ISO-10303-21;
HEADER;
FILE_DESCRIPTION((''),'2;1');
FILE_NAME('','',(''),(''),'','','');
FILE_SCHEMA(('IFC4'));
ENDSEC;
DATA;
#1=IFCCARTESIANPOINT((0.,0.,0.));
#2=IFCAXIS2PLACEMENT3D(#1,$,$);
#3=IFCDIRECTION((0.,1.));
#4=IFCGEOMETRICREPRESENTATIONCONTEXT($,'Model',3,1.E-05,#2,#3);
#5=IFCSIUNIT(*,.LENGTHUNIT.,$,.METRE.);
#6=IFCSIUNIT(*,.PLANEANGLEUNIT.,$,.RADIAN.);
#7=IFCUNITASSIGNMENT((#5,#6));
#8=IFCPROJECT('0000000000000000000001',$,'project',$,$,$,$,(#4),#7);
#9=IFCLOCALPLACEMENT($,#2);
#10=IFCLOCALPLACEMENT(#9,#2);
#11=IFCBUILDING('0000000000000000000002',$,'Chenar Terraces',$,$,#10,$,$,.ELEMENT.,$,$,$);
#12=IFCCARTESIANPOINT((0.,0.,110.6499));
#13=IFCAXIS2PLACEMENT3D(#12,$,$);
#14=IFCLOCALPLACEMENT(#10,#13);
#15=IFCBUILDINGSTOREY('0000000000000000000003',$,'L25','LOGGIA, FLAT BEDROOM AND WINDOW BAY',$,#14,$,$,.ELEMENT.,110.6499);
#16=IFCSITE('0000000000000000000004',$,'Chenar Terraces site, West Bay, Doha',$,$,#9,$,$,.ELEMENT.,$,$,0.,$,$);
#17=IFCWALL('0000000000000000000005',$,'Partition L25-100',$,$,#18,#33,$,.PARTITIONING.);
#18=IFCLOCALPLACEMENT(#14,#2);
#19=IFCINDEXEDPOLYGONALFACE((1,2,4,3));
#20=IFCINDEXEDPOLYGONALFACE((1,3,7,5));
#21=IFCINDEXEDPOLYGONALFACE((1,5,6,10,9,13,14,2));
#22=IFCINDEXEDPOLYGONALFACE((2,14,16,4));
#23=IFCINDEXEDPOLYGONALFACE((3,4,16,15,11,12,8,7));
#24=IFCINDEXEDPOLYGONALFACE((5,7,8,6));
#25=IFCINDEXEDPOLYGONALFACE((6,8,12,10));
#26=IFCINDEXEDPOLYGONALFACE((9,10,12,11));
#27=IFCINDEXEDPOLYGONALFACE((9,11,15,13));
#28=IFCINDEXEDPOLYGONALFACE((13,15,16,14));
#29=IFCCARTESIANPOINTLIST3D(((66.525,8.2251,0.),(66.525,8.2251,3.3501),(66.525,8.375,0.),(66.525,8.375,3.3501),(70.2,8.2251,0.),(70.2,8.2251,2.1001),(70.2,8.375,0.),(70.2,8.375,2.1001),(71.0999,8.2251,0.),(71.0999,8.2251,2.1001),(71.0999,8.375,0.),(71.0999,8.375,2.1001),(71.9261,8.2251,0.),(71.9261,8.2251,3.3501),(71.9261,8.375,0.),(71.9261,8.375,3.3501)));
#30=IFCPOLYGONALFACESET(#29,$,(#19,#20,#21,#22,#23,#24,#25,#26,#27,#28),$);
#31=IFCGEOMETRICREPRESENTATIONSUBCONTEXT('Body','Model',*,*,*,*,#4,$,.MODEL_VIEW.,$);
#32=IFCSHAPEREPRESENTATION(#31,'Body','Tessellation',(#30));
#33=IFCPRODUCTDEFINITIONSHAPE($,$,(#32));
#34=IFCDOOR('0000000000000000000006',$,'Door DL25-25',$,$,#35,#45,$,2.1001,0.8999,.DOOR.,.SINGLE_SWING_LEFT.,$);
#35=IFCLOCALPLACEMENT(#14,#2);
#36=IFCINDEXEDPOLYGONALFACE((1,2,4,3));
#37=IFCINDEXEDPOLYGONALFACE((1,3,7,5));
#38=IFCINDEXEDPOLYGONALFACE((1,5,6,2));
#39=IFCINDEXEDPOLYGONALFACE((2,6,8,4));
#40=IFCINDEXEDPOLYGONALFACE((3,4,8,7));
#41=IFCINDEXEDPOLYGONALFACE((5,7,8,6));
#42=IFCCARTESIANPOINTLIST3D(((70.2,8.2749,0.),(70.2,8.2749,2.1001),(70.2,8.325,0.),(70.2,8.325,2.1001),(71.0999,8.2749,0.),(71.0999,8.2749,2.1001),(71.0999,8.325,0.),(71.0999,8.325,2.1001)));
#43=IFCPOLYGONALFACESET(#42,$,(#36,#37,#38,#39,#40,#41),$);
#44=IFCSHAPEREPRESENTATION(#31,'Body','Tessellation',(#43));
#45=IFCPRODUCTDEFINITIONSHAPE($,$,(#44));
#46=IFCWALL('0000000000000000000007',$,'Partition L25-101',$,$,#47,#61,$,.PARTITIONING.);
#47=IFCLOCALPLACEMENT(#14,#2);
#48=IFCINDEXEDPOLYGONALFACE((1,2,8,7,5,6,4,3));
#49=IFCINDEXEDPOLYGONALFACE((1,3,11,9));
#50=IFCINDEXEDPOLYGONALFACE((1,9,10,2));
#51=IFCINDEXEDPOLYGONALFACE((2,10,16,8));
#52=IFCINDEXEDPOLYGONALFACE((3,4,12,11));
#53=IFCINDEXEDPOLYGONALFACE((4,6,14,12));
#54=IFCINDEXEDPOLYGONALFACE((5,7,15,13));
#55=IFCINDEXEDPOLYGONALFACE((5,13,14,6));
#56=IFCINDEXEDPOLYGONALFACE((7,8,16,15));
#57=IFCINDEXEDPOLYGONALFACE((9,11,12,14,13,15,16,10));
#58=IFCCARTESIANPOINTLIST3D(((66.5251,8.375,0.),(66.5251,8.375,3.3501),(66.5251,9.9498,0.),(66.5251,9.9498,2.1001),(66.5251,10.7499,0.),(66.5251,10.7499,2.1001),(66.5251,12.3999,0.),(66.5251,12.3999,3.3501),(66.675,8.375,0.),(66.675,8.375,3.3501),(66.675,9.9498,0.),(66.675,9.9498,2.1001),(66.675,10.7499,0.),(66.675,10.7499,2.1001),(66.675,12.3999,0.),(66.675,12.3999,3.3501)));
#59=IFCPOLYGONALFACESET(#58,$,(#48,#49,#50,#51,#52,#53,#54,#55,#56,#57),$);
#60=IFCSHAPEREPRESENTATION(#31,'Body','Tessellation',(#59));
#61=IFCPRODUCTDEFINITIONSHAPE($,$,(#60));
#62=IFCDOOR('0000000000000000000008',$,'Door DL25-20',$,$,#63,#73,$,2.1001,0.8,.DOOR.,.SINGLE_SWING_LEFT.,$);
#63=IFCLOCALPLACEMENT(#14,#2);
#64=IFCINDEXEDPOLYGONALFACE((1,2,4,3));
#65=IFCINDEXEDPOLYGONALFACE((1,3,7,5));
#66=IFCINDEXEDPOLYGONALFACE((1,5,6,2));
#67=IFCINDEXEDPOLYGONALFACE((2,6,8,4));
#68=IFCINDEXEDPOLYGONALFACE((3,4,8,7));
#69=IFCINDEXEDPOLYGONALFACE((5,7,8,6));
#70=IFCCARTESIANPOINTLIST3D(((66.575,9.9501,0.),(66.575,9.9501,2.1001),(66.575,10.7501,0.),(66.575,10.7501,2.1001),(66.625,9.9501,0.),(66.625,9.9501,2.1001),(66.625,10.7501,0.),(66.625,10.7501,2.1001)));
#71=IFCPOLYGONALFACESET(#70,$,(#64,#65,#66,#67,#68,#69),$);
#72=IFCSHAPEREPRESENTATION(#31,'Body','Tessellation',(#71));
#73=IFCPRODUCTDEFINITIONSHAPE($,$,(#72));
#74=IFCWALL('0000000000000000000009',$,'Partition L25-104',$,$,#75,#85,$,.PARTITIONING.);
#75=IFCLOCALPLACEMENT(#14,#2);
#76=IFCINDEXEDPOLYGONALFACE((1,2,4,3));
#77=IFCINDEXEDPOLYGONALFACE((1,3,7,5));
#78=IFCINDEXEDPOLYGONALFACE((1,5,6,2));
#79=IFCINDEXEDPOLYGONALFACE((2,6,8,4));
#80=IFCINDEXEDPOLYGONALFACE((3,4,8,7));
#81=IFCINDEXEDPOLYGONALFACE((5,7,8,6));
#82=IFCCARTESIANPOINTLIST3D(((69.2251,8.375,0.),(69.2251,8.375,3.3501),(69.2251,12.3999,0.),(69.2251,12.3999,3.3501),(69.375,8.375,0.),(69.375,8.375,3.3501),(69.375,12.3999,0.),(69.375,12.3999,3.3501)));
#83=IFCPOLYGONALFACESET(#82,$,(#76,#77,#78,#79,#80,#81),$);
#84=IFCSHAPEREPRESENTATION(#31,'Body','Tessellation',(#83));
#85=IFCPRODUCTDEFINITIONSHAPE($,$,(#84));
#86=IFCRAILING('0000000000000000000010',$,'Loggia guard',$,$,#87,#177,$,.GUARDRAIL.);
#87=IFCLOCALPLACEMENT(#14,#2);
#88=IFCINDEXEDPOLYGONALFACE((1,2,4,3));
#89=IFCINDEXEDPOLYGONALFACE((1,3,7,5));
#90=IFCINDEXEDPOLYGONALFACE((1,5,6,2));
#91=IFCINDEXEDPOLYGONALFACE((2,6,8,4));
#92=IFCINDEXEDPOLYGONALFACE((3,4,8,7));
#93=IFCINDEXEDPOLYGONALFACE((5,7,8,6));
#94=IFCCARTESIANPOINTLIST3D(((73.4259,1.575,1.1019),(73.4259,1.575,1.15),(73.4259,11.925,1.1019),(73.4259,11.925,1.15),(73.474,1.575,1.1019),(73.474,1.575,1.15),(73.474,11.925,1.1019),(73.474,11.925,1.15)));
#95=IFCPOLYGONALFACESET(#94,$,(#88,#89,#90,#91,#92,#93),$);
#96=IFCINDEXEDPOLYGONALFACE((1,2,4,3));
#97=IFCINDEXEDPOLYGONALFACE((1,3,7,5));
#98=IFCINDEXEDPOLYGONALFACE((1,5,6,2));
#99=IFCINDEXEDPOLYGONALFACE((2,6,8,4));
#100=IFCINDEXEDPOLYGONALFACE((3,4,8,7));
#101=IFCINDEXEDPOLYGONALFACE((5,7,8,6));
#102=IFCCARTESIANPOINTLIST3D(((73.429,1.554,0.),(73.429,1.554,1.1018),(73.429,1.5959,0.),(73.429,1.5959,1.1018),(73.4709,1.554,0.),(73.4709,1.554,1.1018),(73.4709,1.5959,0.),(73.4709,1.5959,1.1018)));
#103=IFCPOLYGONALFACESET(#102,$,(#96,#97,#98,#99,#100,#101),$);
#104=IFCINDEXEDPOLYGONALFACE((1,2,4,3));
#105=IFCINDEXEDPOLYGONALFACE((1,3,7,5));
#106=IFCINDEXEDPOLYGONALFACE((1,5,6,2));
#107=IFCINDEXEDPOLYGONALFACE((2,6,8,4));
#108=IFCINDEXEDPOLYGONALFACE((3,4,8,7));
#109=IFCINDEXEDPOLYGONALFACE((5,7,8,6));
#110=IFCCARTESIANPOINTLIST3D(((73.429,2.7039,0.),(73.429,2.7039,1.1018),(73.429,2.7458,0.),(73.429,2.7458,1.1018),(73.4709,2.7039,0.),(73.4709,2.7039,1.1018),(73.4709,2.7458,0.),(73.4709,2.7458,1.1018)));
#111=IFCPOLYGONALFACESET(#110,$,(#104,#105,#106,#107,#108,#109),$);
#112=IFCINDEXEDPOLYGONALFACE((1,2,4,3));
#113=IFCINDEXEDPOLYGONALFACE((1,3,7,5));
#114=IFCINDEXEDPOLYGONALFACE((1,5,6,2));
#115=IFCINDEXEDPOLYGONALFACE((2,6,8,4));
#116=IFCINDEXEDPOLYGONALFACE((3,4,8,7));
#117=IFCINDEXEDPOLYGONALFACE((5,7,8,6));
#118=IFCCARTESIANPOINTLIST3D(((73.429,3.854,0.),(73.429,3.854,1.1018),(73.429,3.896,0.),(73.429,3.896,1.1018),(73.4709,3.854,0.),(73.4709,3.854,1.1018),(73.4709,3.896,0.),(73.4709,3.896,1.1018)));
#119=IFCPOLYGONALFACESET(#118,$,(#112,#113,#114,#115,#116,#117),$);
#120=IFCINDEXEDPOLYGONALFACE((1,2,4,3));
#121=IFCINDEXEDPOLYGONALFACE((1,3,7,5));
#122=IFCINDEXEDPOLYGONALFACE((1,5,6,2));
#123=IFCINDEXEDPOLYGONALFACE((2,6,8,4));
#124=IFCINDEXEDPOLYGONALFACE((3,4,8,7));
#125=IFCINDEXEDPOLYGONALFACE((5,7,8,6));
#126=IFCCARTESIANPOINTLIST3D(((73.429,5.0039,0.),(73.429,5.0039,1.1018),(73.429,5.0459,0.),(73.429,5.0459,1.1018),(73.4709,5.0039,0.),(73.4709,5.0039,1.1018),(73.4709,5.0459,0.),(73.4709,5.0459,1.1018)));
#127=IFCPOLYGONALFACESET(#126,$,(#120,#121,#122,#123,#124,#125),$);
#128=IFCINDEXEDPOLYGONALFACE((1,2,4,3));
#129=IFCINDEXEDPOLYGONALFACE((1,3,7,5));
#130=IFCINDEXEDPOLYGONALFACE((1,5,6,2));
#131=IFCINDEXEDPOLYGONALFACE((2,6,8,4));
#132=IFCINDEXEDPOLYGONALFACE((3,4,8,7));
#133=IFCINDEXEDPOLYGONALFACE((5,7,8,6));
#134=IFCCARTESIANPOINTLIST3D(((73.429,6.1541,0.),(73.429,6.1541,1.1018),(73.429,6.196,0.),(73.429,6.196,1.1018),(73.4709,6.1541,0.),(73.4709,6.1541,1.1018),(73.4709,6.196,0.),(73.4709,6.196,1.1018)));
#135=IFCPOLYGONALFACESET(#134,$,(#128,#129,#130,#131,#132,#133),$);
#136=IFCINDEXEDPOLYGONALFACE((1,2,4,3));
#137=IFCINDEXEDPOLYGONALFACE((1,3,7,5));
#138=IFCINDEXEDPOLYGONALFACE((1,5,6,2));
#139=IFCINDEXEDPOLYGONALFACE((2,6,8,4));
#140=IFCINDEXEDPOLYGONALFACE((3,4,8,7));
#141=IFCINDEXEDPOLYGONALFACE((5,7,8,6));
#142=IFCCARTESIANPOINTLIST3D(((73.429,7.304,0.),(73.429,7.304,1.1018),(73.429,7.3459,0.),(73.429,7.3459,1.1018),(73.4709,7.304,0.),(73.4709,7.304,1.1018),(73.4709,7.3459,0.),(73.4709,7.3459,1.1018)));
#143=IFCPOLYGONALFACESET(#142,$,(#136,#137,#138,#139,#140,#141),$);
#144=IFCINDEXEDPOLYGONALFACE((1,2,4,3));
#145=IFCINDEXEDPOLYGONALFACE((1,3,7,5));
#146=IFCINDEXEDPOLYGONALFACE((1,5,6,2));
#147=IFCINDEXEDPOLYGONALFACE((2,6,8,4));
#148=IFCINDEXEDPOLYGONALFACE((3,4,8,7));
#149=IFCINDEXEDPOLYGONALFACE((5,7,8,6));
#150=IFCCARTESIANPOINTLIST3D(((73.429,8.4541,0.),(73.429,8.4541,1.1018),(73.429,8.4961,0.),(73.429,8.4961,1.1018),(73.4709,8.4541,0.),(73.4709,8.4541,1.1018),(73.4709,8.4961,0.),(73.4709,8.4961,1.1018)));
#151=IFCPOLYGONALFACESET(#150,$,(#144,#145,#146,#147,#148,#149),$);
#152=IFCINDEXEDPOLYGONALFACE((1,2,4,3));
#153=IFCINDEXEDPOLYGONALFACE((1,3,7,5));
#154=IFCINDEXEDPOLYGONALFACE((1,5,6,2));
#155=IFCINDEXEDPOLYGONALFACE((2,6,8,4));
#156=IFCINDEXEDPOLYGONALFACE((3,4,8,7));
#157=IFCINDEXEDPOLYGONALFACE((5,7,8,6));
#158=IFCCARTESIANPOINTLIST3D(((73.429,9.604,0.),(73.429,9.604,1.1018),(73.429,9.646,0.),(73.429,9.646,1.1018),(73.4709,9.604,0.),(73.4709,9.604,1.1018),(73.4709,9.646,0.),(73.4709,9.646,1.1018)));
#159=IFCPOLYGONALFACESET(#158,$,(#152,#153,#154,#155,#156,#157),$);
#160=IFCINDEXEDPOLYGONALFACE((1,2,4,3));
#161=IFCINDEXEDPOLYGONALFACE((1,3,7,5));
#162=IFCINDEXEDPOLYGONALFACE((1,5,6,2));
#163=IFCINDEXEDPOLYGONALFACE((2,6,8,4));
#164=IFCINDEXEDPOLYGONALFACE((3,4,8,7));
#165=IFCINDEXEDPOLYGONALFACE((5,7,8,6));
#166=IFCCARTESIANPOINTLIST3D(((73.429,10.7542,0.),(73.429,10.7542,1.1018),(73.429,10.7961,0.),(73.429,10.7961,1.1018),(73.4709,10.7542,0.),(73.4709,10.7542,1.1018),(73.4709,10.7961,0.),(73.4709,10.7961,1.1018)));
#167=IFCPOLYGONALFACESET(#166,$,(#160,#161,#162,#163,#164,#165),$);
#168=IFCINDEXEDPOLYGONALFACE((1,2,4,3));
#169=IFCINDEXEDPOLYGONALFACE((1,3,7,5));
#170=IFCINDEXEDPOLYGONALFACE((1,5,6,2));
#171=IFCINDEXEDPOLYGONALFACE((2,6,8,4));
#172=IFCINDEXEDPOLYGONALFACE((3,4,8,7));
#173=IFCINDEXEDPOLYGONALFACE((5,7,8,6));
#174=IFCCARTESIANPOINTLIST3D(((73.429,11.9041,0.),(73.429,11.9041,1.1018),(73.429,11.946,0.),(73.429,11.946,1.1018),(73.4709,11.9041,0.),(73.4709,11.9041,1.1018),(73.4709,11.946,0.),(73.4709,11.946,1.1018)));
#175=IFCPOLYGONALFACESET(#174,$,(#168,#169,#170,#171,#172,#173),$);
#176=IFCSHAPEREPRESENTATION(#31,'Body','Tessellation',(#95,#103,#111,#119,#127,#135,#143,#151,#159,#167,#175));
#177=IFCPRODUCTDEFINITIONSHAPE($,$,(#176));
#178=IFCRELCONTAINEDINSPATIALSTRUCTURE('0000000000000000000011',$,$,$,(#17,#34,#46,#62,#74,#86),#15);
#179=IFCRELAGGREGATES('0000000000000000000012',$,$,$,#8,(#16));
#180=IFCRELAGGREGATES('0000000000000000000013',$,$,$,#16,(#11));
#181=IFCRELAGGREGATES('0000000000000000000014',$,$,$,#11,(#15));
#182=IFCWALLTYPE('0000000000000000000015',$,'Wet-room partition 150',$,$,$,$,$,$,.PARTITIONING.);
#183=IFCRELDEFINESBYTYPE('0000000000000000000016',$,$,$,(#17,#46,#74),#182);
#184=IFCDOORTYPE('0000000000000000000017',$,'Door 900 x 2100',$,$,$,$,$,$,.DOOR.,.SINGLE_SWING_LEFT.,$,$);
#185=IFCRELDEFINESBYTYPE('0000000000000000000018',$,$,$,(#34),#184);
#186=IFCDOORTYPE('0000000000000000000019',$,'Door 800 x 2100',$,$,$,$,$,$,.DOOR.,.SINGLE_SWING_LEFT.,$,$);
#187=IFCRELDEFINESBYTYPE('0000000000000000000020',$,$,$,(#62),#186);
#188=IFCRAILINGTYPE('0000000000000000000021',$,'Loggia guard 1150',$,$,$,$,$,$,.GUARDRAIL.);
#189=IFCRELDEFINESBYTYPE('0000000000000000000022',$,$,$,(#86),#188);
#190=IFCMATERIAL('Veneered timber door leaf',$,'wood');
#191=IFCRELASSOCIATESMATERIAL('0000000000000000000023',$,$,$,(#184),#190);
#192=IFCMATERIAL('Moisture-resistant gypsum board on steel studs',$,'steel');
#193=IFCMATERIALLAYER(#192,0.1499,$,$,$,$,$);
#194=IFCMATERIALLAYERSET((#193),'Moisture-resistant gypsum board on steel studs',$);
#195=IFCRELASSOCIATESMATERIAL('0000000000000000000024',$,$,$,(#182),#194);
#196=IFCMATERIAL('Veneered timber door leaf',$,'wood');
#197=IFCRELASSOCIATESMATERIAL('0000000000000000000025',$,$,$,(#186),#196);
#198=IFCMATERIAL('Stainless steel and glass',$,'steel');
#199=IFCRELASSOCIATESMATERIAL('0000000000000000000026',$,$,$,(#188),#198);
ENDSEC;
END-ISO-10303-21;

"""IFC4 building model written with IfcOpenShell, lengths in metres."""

from ifc_helpers import new_model, si_unit, direction, frame, frame_2d, origin, origin_2d, place, context, subcontext, project, spatial, rectangle, extrude, material, layer, layer_set, type_object, element, fill, save


model = new_model("IFC4")

# Units and contexts
model_context = context("Model", 3, precision=1e-05, world=origin(), true_north=direction((0.0, 1.0)))
body_context = subcontext(model_context, "Body", "Model", "MODEL_VIEW")
ifc_project = project(units=[si_unit("LENGTHUNIT", "METRE"), si_unit("PLANEANGLEUNIT", "RADIAN")], contexts=[model_context])

# Site, building, storey
site_placement = place(None, origin())
site = spatial("IfcSite", under=ifc_project, at=site_placement, Name="Chenar Terraces site, West Bay, Doha", CompositionType="ELEMENT", RefElevation=0.0)
building_placement = place(site_placement, origin())
building = spatial("IfcBuilding", under=site, at=building_placement, Name="Chenar Terraces", CompositionType="ELEMENT")
storey_placement = place(building_placement, frame((0.0, 0.0, 110.6499)))
storey = spatial("IfcBuildingStorey", under=building, at=storey_placement, Name="L25", Description="LOGGIA, FLAT BEDROOM AND WINDOW BAY", CompositionType="ELEMENT", Elevation=110.6499)

# Shared definitions
ifc_material_1 = material(Name="Veneered timber door leaf", Category="wood")
door_type_1 = type_object("IfcDoorType", Name="Door 900 x 2100", OperationType="SINGLE_SWING_LEFT", PredefinedType="DOOR", material=ifc_material_1)

# Shared definitions
ifc_material_2 = material(Name="Moisture-resistant gypsum board on steel studs", Category="steel")
ifc_layer_1 = layer(ifc_material_2, 0.1499)
ifc_layer_set_1 = layer_set([ifc_layer_1], Name="Moisture-resistant gypsum board on steel studs")
wall_type_1 = type_object("IfcWallType", Name="Wet-room partition 150", PredefinedType="PARTITIONING", material=ifc_layer_set_1)
ifc_material_3 = material(Name="Veneered timber door leaf", Category="wood")
door_type_2 = type_object("IfcDoorType", Name="Door 800 x 2100", OperationType="SINGLE_SWING_LEFT", PredefinedType="DOOR", material=ifc_material_3)

# Walls, openings, doors
wall_1_placement = place(storey_placement, frame((66.5249, 8.3, 0.0), z_axis=(0.0, 0.0, 1.0), x_axis=(1.0, 0.0, 0.0)))
wall_1 = element("IfcWall", 1, at=wall_1_placement, inside=storey, type_object=wall_type_1, Name="Partition L25-100", PredefinedType="PARTITIONING", context=body_context, shape_type="SweptSolid", body=[
    extrude(rectangle(XDim=5.4011, YDim=0.1499, at=frame_2d((2.7007, 0.0))), origin(), (0.0, 0.0, 1.0), 3.3501),
])
opening_1_placement = place(wall_1_placement, frame((3.675, 0.0, 0.0)))
opening_1 = element("IfcOpeningElement", 2, at=opening_1_placement, cuts=wall_1, PredefinedType="OPENING", context=body_context, shape_type="SweptSolid", body=[
    extrude(rectangle(XDim=0.8999, YDim=2.1001, at=frame_2d((0.45, 1.05))), frame((0.0, 0.085, 0.0), z_axis=(0.0, -1.0, 0.0), x_axis=(1.0, 0.0, 0.0)), (0.0, 0.0, 1.0), 0.1699),
])
door_1_placement = place(opening_1_placement, origin())
door_1 = element("IfcDoor", 3, at=door_1_placement, inside=storey, type_object=door_type_1, Name="Door DL25-25", OperationType="SINGLE_SWING_LEFT", OverallHeight=2.1001, OverallWidth=0.8999, PredefinedType="DOOR", context=body_context, shape_type="SweptSolid", body=[
    extrude(rectangle(XDim=0.8999, YDim=2.1001, at=frame_2d((0.45, 1.05))), frame((0.0, 0.0249, 0.0), z_axis=(0.0, -1.0, 0.0), x_axis=(1.0, 0.0, 0.0)), (0.0, 0.0, 1.0), 0.05),
])
fill(opening_1, door_1)
wall_2_placement = place(storey_placement, frame((66.6001, 8.375, 0.0), z_axis=(0.0, 0.0, 1.0), x_axis=(0.0, 1.0, 0.0)))
wall_2 = element("IfcWall", 4, at=wall_2_placement, inside=storey, type_object=wall_type_1, Name="Partition L25-101", PredefinedType="PARTITIONING", context=body_context, shape_type="SweptSolid", body=[
    extrude(rectangle(XDim=4.0249, YDim=0.1499, at=frame_2d((2.0125, 0.0))), origin(), (0.0, 0.0, 1.0), 3.3501),
])
opening_2_placement = place(wall_2_placement, frame((1.575, 0.0, 0.0)))
opening_2 = element("IfcOpeningElement", 5, at=opening_2_placement, cuts=wall_2, PredefinedType="OPENING", context=body_context, shape_type="SweptSolid", body=[
    extrude(rectangle(XDim=0.8, YDim=2.1001, at=frame_2d((0.3999, 1.05))), frame((0.0, 0.085, 0.0), z_axis=(0.0, -1.0, 0.0), x_axis=(1.0, 0.0, 0.0)), (0.0, 0.0, 1.0), 0.1699),
])
door_2_placement = place(opening_2_placement, frame((0.8, 0.0, 0.0), z_axis=(0.0, 0.0, 1.0), x_axis=(-1.0, 0.0, 0.0)))
door_2 = element("IfcDoor", 6, at=door_2_placement, inside=storey, type_object=door_type_2, Name="Door DL25-20", OperationType="SINGLE_SWING_LEFT", OverallHeight=2.1001, OverallWidth=0.8, PredefinedType="DOOR", context=body_context, shape_type="SweptSolid", body=[
    extrude(rectangle(XDim=0.8, YDim=2.1001, at=frame_2d((0.3999, 1.05))), frame((0.0, 0.0249, 0.0), z_axis=(0.0, -1.0, 0.0), x_axis=(1.0, 0.0, 0.0)), (0.0, 0.0, 1.0), 0.05),
])
fill(opening_2, door_2)

# Wall
wall_3_placement = place(storey_placement, frame((69.3, 8.375, 0.0), z_axis=(0.0, 0.0, 1.0), x_axis=(0.0, 1.0, 0.0)))
element("IfcWall", 7, at=wall_3_placement, inside=storey, type_object=wall_type_1, Name="Partition L25-104", PredefinedType="PARTITIONING", context=body_context, shape_type="SweptSolid", body=[
    extrude(rectangle(XDim=4.0249, YDim=0.1499, at=frame_2d((2.0125, 0.0))), origin(), (0.0, 0.0, 1.0), 3.3501),
])

# Railing
ifc_material_4 = material(Name="Stainless steel and glass", Category="steel")
railing_type = type_object("IfcRailingType", Name="Loggia guard 1150", PredefinedType="GUARDRAIL", material=ifc_material_4)
railing_placement = place(storey_placement, frame((73.45, 1.575, 0.0)))
element("IfcRailing", 8, at=railing_placement, inside=storey, type_object=railing_type, Name="Loggia guard", PredefinedType="GUARDRAIL", context=body_context, shape_type="SweptSolid", body=[
    extrude(rectangle(XDim=0.0481, YDim=0.0481, at=origin_2d()), frame((0.0, 0.0, 1.126), z_axis=(0.0, 1.0, 0.0), x_axis=(-1.0, 0.0, 0.0)), (0.0, 0.0, 1.0), 10.3501),
    extrude(rectangle(XDim=0.042, YDim=0.042, at=origin_2d()), origin(), (0.0, 0.0, 1.0), 1.1018),
    extrude(rectangle(XDim=0.042, YDim=0.042, at=origin_2d()), frame((0.0, 1.1499, 0.0)), (0.0, 0.0, 1.0), 1.1018),
    extrude(rectangle(XDim=0.042, YDim=0.042, at=origin_2d()), frame((0.0, 2.3, 0.0)), (0.0, 0.0, 1.0), 1.1018),
    extrude(rectangle(XDim=0.042, YDim=0.042, at=origin_2d()), frame((0.0, 3.45, 0.0)), (0.0, 0.0, 1.0), 1.1018),
    extrude(rectangle(XDim=0.042, YDim=0.042, at=origin_2d()), frame((0.0, 4.6001, 0.0)), (0.0, 0.0, 1.0), 1.1018),
    extrude(rectangle(XDim=0.042, YDim=0.042, at=origin_2d()), frame((0.0, 5.75, 0.0)), (0.0, 0.0, 1.0), 1.1018),
    extrude(rectangle(XDim=0.042, YDim=0.042, at=origin_2d()), frame((0.0, 6.9001, 0.0)), (0.0, 0.0, 1.0), 1.1018),
    extrude(rectangle(XDim=0.042, YDim=0.042, at=origin_2d()), frame((0.0, 8.05, 0.0)), (0.0, 0.0, 1.0), 1.1018),
    extrude(rectangle(XDim=0.042, YDim=0.042, at=origin_2d()), frame((0.0, 9.2002, 0.0)), (0.0, 0.0, 1.0), 1.1018),
    extrude(rectangle(XDim=0.042, YDim=0.042, at=origin_2d()), frame((0.0, 10.3501, 0.0)), (0.0, 0.0, 1.0), 1.1018),
])

save(model, "model.ifc")
